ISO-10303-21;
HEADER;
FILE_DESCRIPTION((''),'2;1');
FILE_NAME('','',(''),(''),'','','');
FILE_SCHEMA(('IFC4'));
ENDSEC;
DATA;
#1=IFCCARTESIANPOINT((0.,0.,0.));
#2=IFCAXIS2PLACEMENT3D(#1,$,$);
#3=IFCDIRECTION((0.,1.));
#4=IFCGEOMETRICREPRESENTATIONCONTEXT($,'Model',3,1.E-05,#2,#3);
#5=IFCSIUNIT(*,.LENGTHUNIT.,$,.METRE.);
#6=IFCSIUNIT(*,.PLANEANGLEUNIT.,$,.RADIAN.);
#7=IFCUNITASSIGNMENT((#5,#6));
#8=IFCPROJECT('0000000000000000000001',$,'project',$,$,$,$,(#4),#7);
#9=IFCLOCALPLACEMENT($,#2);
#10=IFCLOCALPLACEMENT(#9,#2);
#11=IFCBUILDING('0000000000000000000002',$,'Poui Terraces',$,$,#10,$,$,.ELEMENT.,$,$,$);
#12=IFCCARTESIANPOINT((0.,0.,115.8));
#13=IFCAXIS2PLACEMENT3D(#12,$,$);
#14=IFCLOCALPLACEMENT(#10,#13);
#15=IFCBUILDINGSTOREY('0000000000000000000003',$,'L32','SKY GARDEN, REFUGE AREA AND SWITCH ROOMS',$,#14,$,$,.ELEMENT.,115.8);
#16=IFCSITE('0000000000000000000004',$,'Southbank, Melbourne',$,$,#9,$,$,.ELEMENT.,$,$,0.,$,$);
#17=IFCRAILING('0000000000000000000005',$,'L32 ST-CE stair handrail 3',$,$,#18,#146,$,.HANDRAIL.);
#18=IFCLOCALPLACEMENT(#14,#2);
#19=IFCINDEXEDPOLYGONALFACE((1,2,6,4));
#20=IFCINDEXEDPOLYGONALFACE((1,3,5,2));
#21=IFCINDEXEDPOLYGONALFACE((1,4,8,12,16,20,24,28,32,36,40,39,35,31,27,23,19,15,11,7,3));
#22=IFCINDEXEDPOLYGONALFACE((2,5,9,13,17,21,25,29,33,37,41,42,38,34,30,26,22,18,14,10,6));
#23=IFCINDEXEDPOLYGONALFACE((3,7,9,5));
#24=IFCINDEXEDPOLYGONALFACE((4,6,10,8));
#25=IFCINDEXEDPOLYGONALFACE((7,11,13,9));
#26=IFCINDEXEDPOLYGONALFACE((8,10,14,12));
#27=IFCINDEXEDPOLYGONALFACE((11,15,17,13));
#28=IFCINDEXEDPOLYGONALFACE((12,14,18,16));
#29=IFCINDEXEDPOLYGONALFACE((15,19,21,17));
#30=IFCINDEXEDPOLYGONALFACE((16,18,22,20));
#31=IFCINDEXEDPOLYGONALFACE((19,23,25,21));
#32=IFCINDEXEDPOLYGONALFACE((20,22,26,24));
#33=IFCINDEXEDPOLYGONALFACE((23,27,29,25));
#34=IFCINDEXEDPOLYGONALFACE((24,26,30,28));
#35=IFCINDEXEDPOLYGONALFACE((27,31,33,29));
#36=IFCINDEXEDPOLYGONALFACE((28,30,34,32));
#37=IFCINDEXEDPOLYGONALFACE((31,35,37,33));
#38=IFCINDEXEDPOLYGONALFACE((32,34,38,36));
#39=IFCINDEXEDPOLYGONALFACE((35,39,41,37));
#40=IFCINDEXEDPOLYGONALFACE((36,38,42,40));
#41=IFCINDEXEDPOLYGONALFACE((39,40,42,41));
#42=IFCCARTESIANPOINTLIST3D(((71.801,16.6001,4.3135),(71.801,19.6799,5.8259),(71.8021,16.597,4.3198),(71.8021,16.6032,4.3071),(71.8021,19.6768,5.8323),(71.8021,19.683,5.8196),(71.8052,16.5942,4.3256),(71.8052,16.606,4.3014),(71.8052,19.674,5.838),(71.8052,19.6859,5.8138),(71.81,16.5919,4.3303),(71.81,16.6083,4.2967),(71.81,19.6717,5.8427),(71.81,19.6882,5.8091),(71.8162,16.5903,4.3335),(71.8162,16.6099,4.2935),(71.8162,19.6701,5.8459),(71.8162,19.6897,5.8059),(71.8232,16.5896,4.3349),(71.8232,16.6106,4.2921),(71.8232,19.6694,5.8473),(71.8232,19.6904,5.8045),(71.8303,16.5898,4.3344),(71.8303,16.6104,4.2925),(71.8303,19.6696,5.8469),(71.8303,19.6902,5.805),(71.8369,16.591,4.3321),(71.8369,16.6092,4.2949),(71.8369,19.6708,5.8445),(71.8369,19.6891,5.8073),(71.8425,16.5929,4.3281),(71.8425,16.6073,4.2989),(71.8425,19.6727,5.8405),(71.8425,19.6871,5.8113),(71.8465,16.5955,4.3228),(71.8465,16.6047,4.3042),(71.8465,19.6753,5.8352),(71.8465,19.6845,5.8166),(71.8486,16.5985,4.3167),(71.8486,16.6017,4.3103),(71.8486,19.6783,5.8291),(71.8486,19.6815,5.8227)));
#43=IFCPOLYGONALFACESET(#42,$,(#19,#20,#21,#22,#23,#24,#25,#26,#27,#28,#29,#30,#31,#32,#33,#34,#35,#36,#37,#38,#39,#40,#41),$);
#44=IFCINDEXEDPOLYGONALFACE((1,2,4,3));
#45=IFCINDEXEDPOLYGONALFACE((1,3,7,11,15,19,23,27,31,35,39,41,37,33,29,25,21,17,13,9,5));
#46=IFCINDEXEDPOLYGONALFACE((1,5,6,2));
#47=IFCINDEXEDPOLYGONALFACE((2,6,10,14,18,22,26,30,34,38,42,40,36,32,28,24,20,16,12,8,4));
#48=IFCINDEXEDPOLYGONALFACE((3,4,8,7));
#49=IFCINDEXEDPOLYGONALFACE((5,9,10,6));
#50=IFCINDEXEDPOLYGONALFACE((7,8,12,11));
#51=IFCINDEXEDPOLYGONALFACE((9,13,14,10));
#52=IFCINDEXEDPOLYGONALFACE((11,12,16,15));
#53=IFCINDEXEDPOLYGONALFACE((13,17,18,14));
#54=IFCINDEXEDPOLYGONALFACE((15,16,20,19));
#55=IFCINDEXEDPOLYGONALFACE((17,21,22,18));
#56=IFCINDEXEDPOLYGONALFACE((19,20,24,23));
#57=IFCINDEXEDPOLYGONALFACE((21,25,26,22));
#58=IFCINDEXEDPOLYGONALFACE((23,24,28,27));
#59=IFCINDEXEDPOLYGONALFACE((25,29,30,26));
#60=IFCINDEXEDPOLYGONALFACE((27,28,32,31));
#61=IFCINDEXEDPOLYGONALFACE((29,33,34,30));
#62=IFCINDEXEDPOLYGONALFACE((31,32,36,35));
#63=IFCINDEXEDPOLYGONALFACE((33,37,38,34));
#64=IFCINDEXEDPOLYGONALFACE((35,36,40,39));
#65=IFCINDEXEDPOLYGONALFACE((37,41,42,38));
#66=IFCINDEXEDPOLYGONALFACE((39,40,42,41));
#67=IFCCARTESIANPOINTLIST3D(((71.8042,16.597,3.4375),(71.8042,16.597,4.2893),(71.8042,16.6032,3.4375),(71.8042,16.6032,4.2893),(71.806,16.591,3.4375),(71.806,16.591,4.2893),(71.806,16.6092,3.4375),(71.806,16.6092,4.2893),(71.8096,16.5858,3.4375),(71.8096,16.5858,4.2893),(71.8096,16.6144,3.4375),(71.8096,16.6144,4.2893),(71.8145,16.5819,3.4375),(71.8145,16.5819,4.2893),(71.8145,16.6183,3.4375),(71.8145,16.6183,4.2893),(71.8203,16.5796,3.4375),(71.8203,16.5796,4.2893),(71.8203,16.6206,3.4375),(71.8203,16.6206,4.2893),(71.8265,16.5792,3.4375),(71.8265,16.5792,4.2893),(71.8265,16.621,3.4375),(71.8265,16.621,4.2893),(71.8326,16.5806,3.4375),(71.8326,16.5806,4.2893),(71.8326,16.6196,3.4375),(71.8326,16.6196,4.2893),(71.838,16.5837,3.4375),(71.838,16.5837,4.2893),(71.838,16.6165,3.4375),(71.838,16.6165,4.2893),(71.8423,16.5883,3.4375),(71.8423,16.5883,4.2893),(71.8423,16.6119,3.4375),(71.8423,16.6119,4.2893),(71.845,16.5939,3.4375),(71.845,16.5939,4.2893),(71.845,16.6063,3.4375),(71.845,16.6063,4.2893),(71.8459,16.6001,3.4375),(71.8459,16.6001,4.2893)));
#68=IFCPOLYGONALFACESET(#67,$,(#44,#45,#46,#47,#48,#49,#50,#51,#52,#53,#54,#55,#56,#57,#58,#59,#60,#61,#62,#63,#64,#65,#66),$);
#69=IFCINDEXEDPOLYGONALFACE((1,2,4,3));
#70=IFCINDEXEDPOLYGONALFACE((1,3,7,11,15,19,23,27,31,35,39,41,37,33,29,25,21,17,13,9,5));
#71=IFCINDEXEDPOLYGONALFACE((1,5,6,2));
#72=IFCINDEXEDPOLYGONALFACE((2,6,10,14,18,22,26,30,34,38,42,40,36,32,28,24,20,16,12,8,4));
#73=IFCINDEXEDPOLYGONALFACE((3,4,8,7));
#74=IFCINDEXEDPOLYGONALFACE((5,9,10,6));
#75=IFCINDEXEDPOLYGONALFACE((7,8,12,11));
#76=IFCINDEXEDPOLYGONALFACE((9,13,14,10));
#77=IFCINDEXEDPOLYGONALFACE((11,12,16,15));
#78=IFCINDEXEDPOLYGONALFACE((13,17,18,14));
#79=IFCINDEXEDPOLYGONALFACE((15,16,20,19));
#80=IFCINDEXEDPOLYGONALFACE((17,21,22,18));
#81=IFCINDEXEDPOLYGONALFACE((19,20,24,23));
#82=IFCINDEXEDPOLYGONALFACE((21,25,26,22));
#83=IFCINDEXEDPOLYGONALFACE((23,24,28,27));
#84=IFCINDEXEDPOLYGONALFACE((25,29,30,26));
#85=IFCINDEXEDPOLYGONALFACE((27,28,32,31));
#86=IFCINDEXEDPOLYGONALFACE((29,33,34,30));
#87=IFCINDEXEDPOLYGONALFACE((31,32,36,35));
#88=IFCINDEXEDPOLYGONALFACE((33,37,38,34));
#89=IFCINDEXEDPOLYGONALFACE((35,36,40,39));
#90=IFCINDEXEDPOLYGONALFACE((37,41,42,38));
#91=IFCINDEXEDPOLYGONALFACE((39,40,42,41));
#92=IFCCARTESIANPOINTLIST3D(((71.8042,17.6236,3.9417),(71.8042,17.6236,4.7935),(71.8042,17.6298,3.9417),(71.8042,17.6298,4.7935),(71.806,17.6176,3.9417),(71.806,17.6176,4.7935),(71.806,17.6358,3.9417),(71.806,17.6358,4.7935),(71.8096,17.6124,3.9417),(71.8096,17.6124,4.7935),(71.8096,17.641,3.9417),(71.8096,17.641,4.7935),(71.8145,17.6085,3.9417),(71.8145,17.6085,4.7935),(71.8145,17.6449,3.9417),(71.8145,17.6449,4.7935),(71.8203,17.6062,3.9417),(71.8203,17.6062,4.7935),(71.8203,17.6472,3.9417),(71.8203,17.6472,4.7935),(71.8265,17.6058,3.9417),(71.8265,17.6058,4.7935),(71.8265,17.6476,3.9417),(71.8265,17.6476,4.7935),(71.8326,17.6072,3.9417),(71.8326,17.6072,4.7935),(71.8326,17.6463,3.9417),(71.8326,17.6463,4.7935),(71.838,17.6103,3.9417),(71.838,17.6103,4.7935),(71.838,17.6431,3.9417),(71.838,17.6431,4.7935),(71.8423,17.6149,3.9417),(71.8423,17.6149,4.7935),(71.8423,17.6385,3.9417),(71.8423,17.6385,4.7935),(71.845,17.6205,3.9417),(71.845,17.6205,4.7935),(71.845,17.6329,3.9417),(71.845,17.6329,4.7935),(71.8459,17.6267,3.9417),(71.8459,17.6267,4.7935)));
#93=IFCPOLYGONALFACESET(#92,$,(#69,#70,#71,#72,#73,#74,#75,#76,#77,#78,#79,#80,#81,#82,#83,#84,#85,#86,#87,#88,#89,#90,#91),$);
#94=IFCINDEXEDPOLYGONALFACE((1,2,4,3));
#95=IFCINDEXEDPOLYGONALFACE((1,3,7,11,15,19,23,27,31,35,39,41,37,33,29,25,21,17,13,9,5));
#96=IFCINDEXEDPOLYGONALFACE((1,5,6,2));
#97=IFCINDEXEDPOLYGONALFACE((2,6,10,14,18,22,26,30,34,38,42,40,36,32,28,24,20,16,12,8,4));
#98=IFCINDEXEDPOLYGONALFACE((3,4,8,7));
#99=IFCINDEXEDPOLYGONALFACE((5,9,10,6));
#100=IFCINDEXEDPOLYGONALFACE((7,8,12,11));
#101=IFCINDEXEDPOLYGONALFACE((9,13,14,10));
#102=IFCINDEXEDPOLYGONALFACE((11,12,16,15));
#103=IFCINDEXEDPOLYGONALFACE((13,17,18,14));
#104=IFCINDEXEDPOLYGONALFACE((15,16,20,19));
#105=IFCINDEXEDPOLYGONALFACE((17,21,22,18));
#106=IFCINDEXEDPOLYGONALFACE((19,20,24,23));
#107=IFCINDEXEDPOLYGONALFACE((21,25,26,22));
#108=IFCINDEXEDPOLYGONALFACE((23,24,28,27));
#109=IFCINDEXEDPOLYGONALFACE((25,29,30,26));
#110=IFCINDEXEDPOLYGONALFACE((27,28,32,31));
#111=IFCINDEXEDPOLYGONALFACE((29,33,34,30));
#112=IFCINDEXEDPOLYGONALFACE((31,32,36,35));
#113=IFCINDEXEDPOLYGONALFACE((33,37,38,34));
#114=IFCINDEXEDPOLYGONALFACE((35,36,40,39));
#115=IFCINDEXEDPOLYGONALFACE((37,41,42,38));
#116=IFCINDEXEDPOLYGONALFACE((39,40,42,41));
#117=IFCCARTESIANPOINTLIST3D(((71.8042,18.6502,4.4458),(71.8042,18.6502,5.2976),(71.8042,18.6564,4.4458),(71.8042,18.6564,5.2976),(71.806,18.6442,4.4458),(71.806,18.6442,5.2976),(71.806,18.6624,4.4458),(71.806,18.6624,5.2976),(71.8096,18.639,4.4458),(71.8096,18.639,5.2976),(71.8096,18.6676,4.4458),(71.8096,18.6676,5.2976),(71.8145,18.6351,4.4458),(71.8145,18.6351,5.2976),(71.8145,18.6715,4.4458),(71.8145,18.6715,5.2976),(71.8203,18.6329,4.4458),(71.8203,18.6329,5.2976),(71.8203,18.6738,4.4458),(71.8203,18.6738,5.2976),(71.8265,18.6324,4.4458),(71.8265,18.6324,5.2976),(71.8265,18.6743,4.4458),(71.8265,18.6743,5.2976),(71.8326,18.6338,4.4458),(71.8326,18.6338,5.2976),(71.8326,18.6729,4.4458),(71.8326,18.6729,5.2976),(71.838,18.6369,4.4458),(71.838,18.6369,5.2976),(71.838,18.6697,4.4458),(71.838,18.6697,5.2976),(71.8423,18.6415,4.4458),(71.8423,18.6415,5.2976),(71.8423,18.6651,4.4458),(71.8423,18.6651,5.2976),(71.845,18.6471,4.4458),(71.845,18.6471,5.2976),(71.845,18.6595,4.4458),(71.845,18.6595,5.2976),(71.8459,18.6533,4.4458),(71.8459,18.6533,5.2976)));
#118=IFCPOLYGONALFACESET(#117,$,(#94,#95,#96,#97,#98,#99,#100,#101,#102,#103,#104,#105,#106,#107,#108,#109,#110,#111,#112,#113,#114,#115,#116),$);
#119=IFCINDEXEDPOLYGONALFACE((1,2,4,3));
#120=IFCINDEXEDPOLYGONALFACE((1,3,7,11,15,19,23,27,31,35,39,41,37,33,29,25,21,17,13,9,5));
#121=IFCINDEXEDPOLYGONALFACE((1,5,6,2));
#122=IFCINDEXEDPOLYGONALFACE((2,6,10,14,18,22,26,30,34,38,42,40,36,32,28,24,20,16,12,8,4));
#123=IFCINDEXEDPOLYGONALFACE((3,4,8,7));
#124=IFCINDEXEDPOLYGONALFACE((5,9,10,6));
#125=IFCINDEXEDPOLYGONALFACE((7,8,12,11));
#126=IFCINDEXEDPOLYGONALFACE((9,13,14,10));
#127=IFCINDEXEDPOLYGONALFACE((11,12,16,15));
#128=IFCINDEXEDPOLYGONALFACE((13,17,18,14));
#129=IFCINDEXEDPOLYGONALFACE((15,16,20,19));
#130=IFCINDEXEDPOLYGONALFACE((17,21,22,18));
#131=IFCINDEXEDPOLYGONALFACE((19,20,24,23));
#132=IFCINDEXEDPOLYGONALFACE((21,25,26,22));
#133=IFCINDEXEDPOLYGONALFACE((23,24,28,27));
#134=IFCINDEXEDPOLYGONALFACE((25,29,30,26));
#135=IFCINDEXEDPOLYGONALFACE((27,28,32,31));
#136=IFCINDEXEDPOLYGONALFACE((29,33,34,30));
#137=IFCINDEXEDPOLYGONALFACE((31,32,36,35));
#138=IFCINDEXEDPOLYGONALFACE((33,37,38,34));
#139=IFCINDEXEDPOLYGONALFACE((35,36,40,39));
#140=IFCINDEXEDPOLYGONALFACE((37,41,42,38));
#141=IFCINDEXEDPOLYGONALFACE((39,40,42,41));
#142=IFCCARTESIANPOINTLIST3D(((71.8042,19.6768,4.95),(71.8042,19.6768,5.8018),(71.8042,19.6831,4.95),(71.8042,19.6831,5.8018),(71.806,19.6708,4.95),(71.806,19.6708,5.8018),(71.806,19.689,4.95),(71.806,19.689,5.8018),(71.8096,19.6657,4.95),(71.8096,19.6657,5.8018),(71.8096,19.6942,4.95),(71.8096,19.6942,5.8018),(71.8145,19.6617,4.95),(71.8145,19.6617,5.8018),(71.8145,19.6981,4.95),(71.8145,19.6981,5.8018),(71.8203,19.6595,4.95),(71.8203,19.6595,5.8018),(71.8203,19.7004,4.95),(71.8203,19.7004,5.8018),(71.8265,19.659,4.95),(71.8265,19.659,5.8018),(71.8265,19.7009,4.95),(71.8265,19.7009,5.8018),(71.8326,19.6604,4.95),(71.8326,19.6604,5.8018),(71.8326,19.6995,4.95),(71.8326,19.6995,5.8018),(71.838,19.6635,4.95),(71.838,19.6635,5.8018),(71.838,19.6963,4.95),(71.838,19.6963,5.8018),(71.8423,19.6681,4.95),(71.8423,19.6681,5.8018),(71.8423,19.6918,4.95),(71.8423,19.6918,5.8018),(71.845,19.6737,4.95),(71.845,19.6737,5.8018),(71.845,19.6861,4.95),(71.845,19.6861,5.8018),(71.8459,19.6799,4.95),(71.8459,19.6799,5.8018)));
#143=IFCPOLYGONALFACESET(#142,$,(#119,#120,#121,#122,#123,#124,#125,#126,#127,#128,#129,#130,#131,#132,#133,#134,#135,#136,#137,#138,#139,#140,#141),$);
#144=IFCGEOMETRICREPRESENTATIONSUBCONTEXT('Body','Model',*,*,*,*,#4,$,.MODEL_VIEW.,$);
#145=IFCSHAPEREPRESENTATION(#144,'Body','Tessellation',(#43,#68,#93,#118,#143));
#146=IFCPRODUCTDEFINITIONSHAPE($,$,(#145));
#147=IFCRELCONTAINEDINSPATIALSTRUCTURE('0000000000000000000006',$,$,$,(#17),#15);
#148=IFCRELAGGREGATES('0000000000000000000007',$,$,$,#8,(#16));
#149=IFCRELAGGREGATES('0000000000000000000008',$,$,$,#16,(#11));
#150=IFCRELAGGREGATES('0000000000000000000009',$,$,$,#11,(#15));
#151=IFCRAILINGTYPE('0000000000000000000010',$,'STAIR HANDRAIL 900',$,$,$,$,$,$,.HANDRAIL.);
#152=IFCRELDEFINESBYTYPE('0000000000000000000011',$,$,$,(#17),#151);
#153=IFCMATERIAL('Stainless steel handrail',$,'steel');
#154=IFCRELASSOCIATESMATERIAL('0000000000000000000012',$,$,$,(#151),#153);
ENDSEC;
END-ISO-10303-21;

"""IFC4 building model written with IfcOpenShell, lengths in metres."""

from ifc_helpers import new_model, si_unit, direction, frame, origin, origin_2d, place, context, subcontext, project, spatial, circle, extrude, material, type_object, element, save


model = new_model("IFC4")

# Units and contexts
model_context = context("Model", 3, precision=1e-05, world=origin(), true_north=direction((0.0, 1.0)))
body_context = subcontext(model_context, "Body", "Model", "MODEL_VIEW")
ifc_project = project(units=[si_unit("LENGTHUNIT", "METRE"), si_unit("PLANEANGLEUNIT", "RADIAN")], contexts=[model_context])

# Site, building, storey
site_placement = place(None, origin())
site = spatial("IfcSite", under=ifc_project, at=site_placement, Name="Southbank, Melbourne", CompositionType="ELEMENT", RefElevation=0.0)
building_placement = place(site_placement, origin())
building = spatial("IfcBuilding", under=site, at=building_placement, Name="Poui Terraces", CompositionType="ELEMENT")
storey_placement = place(building_placement, frame((0.0, 0.0, 115.8)))
storey = spatial("IfcBuildingStorey", under=building, at=storey_placement, Name="L32", Description="SKY GARDEN, REFUGE AREA AND SWITCH ROOMS", CompositionType="ELEMENT", Elevation=115.8)

# Railing
ifc_material_1 = material(Name="Stainless steel handrail", Category="steel")
railing_type_1 = type_object("IfcRailingType", Name="STAIR HANDRAIL 900", PredefinedType="HANDRAIL", material=ifc_material_1)
railing_1_placement = place(storey_placement, frame((71.825, 16.6001, 3.4375)))
element("IfcRailing", 1, at=railing_1_placement, inside=storey, type_object=railing_type_1, Name="L32 ST-CE stair handrail 3", PredefinedType="HANDRAIL", context=body_context, shape_type="SweptSolid", body=[
    extrude(circle(Radius=0.0239, at=origin_2d()), frame((0.0, 0.0, 0.876), z_axis=(0.0, 0.897606, 0.440798), x_axis=(-1.0, 0.0, 0.0)), (0.0, 0.0, 1.0), 3.4312),
    extrude(circle(Radius=0.021, at=origin_2d()), origin(), (0.0, 0.0, 1.0), 0.8518),
    extrude(circle(Radius=0.021, at=origin_2d()), frame((0.0, 1.0266, 0.5042)), (0.0, 0.0, 1.0), 0.8518),
    extrude(circle(Radius=0.021, at=origin_2d()), frame((0.0, 2.0532, 1.0083)), (0.0, 0.0, 1.0), 0.8518),
    extrude(circle(Radius=0.021, at=origin_2d()), frame((0.0, 3.0798, 1.5125)), (0.0, 0.0, 1.0), 0.8518),
])

save(model, "model.ifc")
